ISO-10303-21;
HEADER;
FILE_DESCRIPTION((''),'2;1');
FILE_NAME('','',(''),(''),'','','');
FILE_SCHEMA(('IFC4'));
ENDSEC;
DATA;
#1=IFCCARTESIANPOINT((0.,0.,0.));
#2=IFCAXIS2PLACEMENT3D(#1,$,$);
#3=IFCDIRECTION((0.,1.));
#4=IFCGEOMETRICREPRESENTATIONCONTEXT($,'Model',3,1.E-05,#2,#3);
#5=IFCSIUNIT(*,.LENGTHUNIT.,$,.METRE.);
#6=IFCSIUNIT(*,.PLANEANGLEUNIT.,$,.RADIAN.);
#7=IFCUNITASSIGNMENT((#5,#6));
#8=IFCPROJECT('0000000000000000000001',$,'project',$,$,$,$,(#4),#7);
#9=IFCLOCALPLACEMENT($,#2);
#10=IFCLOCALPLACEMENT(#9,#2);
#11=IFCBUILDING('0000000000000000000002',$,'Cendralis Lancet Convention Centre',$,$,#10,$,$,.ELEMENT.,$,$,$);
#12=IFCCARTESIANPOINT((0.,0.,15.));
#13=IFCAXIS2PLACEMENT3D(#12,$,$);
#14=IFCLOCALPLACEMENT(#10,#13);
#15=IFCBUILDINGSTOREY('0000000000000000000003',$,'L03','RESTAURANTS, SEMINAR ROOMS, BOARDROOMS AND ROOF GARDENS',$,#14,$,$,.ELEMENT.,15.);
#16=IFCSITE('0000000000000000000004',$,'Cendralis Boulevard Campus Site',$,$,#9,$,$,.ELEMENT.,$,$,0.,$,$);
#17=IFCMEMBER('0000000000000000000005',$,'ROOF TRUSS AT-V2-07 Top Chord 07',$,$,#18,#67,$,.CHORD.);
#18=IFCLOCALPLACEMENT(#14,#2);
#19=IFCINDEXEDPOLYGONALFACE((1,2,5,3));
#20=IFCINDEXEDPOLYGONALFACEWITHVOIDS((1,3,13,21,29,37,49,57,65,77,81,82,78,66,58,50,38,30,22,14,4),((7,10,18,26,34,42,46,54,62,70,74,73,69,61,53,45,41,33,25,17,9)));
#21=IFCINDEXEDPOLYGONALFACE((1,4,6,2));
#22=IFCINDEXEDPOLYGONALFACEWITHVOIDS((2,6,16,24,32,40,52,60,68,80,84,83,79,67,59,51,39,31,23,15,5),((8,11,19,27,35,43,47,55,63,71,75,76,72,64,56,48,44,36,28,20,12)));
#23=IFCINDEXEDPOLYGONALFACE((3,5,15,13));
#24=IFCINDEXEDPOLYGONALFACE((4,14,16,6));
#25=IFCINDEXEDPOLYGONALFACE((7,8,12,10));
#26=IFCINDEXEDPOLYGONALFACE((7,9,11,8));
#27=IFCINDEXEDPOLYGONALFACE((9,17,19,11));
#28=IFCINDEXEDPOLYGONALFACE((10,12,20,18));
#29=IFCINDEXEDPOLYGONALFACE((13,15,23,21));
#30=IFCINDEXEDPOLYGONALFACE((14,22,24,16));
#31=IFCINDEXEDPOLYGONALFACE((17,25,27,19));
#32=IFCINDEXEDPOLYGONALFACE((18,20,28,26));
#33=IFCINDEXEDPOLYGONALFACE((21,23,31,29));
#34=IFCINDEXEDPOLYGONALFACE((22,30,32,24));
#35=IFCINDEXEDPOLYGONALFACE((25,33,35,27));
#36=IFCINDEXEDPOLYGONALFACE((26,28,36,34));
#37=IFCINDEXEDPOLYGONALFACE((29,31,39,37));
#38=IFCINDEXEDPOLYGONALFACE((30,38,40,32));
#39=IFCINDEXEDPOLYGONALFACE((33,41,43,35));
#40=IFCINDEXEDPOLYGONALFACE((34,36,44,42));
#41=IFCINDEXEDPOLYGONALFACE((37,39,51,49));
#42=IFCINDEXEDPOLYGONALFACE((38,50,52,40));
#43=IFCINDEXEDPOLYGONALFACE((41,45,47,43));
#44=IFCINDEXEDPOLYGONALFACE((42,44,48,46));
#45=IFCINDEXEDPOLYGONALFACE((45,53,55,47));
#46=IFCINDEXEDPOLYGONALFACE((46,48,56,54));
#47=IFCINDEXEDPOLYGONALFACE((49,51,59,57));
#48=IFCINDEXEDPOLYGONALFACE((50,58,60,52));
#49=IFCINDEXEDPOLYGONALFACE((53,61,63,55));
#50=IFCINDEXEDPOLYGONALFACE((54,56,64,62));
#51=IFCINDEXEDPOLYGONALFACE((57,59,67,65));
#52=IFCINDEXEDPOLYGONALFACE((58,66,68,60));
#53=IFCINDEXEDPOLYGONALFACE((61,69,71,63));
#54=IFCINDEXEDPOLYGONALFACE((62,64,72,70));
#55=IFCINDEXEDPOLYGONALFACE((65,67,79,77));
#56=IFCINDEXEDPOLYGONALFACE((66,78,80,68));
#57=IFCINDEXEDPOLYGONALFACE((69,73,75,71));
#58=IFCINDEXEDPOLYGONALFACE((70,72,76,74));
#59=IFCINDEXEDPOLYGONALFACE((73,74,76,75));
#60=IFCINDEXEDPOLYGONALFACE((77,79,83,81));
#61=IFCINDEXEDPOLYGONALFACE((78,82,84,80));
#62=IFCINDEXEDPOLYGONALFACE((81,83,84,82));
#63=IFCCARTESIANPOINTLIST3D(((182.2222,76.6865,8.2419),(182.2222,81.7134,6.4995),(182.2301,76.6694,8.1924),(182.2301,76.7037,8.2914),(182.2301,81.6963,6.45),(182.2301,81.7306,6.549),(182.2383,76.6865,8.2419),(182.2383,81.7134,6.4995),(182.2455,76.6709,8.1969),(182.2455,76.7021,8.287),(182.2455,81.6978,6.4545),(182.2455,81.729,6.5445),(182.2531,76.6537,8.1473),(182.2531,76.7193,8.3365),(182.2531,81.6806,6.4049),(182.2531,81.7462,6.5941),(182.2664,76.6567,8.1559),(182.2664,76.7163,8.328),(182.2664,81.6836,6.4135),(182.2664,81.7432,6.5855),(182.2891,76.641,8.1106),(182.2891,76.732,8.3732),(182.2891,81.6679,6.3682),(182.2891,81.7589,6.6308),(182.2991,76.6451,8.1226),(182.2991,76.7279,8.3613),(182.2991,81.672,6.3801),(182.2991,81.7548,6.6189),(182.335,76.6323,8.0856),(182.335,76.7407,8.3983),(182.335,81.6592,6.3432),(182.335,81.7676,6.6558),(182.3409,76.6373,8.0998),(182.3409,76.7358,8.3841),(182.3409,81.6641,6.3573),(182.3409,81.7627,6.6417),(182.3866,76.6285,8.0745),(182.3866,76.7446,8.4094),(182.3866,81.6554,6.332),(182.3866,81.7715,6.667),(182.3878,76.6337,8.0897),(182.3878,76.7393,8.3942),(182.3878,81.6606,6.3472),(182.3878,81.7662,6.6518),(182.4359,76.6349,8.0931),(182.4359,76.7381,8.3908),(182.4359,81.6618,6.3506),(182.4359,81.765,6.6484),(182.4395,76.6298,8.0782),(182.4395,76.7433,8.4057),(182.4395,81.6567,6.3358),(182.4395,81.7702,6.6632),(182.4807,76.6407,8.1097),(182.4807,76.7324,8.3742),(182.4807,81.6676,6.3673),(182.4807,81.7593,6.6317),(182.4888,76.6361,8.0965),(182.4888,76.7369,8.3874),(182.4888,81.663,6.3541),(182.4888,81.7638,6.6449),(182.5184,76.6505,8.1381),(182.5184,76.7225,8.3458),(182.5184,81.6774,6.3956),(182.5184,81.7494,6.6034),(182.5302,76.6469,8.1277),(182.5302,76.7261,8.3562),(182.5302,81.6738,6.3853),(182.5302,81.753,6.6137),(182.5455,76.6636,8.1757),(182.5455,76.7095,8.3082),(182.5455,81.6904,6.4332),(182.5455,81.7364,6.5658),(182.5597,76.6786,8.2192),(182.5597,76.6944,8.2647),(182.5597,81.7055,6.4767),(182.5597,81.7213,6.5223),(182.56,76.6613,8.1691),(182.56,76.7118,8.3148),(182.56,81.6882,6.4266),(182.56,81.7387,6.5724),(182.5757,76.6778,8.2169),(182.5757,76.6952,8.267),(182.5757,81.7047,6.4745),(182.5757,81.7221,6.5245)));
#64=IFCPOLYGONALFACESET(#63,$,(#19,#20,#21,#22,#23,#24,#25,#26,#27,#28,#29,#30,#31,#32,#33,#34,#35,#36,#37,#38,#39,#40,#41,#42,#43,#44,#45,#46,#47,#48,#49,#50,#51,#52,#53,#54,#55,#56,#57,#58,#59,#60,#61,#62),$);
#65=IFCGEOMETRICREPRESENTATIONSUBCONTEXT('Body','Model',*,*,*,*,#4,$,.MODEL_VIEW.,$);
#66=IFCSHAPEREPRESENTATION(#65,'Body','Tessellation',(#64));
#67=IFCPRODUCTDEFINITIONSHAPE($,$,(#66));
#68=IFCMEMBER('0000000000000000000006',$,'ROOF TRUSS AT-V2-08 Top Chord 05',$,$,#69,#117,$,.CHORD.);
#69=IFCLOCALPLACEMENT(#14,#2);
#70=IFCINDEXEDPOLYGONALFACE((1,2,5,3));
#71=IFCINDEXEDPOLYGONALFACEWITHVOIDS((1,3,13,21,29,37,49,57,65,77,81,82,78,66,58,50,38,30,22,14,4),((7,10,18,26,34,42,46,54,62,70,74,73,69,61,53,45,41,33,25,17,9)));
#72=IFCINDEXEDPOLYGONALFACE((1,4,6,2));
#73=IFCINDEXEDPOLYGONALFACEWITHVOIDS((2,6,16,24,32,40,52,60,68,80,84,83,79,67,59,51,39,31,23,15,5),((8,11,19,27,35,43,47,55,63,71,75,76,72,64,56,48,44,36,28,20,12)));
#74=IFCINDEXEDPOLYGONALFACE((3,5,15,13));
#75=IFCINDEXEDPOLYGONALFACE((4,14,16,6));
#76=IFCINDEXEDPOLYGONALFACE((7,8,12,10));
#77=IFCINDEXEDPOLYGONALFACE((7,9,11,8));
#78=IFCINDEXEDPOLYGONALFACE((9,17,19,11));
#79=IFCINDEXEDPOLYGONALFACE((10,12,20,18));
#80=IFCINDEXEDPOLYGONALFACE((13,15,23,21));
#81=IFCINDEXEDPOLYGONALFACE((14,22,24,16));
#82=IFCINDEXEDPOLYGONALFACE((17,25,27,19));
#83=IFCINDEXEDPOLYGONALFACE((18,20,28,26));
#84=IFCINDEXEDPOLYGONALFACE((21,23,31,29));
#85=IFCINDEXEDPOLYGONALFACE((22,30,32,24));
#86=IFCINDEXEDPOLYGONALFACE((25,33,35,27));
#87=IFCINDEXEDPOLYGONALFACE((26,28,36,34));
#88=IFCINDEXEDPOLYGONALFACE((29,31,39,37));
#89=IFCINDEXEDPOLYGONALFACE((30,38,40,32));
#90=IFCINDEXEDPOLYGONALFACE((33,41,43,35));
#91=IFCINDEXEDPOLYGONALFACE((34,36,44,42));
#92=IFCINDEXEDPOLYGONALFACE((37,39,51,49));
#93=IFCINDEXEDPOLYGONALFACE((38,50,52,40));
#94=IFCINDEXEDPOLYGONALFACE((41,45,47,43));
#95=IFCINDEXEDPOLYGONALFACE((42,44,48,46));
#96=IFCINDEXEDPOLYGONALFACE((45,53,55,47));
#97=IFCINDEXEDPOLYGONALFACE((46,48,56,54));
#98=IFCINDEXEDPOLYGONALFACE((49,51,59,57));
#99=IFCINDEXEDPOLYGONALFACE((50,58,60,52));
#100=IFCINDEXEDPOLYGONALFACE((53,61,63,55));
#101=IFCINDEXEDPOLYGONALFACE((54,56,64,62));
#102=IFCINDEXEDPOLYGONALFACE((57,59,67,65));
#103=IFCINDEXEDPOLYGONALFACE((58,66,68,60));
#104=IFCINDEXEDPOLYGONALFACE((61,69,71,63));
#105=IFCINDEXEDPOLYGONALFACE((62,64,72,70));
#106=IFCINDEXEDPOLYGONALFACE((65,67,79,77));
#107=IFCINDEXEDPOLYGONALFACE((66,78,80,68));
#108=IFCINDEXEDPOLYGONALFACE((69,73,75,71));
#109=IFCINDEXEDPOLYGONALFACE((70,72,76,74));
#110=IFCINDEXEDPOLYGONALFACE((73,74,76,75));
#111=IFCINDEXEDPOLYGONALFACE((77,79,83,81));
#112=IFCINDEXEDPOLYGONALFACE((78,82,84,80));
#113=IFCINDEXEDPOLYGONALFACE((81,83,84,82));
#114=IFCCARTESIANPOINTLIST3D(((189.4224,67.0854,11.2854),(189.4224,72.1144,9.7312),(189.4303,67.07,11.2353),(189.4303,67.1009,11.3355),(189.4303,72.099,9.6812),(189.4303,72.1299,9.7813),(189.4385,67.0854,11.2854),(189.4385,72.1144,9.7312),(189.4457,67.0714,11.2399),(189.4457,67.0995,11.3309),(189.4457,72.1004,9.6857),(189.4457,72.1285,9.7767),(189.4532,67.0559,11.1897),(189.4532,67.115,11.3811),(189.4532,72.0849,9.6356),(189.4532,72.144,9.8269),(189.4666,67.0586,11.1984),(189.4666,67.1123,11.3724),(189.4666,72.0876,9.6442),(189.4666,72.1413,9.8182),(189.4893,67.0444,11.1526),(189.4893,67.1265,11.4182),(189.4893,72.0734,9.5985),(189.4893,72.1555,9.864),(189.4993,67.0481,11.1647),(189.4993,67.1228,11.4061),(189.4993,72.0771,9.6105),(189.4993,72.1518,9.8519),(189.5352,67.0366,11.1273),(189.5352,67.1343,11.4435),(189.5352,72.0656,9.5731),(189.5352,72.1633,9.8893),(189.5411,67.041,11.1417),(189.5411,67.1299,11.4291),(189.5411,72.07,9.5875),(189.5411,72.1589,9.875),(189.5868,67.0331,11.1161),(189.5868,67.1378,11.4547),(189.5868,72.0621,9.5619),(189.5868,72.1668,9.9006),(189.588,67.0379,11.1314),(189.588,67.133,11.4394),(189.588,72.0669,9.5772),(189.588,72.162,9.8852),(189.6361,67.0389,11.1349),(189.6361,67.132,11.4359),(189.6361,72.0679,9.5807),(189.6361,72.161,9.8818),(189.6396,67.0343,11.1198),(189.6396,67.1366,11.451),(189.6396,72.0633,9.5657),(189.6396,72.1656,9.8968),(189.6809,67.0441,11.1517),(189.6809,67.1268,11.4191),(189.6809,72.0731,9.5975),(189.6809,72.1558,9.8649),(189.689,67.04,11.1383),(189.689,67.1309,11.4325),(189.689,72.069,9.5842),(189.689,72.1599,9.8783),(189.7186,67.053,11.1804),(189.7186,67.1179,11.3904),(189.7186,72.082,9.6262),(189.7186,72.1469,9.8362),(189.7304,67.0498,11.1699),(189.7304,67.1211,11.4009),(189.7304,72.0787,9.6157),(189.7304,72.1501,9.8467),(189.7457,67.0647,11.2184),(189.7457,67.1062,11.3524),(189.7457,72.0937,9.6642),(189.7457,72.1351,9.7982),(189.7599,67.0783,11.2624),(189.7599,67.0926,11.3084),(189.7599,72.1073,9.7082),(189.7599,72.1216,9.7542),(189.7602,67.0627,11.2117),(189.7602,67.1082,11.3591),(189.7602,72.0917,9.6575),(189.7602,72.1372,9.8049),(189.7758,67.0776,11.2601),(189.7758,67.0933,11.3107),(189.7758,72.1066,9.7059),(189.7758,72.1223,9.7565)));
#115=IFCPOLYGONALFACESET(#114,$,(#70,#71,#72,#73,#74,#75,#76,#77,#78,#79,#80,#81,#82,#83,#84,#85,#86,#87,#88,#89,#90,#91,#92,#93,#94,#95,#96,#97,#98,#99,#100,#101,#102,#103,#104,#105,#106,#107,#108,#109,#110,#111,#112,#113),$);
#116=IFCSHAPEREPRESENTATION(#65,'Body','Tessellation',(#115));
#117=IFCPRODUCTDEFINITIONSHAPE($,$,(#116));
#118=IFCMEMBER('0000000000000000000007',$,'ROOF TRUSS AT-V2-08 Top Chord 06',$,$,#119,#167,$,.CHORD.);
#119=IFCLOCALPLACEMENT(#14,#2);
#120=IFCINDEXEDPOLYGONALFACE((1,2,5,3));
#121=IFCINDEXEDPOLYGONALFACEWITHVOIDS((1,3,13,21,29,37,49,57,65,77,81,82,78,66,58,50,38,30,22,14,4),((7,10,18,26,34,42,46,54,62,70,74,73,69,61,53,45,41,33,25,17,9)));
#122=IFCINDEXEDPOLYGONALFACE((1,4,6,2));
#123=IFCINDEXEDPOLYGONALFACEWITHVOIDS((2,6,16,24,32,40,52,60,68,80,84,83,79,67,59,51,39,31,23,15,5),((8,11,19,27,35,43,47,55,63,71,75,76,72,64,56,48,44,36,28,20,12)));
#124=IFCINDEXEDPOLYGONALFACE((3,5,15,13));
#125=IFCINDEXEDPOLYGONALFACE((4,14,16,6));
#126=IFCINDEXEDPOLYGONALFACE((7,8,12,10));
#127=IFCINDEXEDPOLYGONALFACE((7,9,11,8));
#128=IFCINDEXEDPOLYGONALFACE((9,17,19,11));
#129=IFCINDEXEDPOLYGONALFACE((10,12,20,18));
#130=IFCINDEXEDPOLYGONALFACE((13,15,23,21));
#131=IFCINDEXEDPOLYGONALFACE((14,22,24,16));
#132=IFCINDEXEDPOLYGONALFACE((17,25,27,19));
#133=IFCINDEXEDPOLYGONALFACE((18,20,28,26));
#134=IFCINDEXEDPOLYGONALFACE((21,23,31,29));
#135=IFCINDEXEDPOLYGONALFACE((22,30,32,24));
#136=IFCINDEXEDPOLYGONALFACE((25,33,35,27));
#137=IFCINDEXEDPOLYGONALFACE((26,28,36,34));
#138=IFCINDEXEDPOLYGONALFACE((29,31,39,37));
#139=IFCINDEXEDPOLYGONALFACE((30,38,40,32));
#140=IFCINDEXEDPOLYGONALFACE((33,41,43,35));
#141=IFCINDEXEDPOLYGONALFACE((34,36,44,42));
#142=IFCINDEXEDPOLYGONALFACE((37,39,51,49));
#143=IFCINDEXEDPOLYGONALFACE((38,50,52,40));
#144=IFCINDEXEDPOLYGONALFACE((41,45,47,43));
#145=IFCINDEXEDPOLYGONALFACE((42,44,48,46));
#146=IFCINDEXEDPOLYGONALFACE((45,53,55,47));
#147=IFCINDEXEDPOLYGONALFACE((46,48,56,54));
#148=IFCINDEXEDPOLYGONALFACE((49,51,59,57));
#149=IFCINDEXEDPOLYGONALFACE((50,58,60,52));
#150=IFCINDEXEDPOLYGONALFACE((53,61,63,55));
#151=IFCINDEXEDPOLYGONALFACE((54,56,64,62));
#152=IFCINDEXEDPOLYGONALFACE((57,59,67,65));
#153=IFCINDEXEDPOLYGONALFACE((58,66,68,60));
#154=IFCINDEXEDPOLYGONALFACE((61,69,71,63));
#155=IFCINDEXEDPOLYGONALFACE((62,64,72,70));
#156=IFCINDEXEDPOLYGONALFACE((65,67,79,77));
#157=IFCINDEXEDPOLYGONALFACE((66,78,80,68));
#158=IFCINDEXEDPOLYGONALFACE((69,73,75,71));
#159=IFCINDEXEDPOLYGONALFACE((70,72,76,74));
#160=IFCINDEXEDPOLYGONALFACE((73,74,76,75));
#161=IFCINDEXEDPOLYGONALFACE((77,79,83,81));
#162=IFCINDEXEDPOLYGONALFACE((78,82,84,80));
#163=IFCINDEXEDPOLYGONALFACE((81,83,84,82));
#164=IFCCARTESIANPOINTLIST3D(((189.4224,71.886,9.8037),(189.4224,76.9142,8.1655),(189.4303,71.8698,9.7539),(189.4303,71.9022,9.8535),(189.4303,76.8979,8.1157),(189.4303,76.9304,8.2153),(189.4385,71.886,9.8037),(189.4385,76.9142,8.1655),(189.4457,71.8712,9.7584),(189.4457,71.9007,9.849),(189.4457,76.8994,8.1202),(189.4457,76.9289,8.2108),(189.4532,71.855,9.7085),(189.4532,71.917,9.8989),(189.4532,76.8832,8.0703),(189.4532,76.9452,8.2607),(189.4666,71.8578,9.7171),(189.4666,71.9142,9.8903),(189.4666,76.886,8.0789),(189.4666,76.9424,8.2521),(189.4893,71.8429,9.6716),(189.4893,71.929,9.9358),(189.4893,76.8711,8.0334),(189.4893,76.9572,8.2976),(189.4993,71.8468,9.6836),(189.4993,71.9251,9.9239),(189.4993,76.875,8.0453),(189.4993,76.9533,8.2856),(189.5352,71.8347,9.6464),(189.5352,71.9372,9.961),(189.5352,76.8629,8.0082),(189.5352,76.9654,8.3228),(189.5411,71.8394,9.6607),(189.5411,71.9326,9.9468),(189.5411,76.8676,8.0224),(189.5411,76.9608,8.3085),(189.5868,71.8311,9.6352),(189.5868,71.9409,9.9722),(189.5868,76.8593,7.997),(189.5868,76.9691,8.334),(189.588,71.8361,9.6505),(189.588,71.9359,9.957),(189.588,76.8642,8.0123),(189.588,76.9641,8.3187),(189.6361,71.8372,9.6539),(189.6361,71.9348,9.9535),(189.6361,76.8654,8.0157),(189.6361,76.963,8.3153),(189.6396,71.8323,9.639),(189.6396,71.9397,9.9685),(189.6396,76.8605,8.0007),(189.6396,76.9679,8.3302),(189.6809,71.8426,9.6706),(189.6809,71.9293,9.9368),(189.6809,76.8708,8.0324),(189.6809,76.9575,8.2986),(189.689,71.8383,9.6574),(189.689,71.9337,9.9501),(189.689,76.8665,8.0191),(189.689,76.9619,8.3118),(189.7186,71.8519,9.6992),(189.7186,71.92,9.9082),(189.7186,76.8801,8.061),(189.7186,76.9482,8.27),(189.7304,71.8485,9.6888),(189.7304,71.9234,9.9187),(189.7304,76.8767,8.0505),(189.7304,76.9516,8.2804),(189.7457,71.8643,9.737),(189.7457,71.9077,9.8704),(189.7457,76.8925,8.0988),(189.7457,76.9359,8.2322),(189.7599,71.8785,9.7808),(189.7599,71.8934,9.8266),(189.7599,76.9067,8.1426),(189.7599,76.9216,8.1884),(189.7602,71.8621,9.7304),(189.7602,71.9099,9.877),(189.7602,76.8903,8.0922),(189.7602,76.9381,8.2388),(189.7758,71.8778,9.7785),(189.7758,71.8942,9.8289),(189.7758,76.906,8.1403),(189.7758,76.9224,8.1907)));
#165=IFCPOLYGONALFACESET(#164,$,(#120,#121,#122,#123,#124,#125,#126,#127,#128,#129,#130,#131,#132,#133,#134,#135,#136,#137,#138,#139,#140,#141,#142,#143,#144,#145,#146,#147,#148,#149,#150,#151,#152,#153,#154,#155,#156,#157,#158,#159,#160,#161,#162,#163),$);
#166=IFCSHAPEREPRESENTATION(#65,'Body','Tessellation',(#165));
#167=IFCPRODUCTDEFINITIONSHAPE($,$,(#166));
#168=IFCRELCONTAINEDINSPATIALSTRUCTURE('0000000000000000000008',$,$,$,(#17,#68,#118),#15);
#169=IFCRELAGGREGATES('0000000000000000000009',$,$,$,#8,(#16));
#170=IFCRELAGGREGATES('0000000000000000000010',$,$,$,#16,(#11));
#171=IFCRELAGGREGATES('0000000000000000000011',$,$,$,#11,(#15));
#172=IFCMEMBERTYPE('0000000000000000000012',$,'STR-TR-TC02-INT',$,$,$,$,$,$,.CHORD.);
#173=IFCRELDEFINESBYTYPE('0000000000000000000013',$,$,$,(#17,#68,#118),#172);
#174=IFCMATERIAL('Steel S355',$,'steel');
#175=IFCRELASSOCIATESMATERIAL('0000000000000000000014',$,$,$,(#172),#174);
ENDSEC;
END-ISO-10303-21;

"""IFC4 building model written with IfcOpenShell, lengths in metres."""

from ifc_helpers import new_model, si_unit, direction, frame, origin, origin_2d, place, context, subcontext, project, spatial, hollow_circle, extrude, material, material_profile, profile_set, type_object, element, save


model = new_model("IFC4")

# Units and contexts
model_context = context("Model", 3, precision=1e-05, world=origin(), true_north=direction((0.0, 1.0)))
body_context = subcontext(model_context, "Body", "Model", "MODEL_VIEW")
ifc_project = project(units=[si_unit("LENGTHUNIT", "METRE"), si_unit("PLANEANGLEUNIT", "RADIAN")], contexts=[model_context])

# Site, building, storey
site_placement = place(None, origin())
site = spatial("IfcSite", under=ifc_project, at=site_placement, Name="Cendralis Boulevard Campus Site", CompositionType="ELEMENT", RefElevation=0.0)
building_placement = place(site_placement, origin())
building = spatial("IfcBuilding", under=site, at=building_placement, Name="Cendralis Lancet Convention Centre", CompositionType="ELEMENT")
storey_placement = place(building_placement, frame((0.0, 0.0, 15.0)))
storey = spatial("IfcBuildingStorey", under=building, at=storey_placement, Name="L03", Description="RESTAURANTS, SEMINAR ROOMS, BOARDROOMS AND ROOF GARDENS", CompositionType="ELEMENT", Elevation=15.0)

# Shared definitions
ifc_material = material(Name="Steel S355", Category="steel")

# Members
ifc_material_profile_1 = material_profile(ifc_material, hollow_circle(Radius=0.1777, WallThickness=0.0161, at=origin_2d()), Name="CHS 355.6x16.0")
ifc_profile_set_1 = profile_set([ifc_material_profile_1], Name="Steel S355")
member_type_1 = type_object("IfcMemberType", Name="STR-TR-TC02-INT", PredefinedType="CHORD", material=ifc_profile_set_1)
member_1_placement = place(storey_placement, frame((182.3999, 76.6865, 8.2419), z_axis=(0.0, 0.944849, -0.327508), x_axis=(-1.0, 0.0, 0.0)))
element("IfcMember", 1, at=member_1_placement, inside=storey, type_object=member_type_1, Name="ROOF TRUSS AT-V2-07 Top Chord 07", PredefinedType="CHORD", context=body_context, shape_type="SweptSolid", body=[
    extrude(hollow_circle(Radius=0.1777, WallThickness=0.0161, at=origin_2d()), origin(), (0.0, 0.0, 1.0), 5.3203),
])
member_2_placement = place(storey_placement, frame((189.6001, 67.0854, 11.2854), z_axis=(0.0, 0.955415, -0.295265), x_axis=(-1.0, 0.0, 0.0)))
element("IfcMember", 2, at=member_2_placement, inside=storey, type_object=member_type_1, Name="ROOF TRUSS AT-V2-08 Top Chord 05", PredefinedType="CHORD", context=body_context, shape_type="SweptSolid", body=[
    extrude(hollow_circle(Radius=0.1777, WallThickness=0.0161, at=origin_2d()), origin(), (0.0, 0.0, 1.0), 5.2637),
])
member_3_placement = place(storey_placement, frame((189.6001, 71.886, 9.8037), z_axis=(0.0, 0.950808, -0.30978), x_axis=(-1.0, 0.0, 0.0)))
element("IfcMember", 3, at=member_3_placement, inside=storey, type_object=member_type_1, Name="ROOF TRUSS AT-V2-08 Top Chord 06", PredefinedType="CHORD", context=body_context, shape_type="SweptSolid", body=[
    extrude(hollow_circle(Radius=0.1777, WallThickness=0.0161, at=origin_2d()), origin(), (0.0, 0.0, 1.0), 5.2883),
])

save(model, "model.ifc")
